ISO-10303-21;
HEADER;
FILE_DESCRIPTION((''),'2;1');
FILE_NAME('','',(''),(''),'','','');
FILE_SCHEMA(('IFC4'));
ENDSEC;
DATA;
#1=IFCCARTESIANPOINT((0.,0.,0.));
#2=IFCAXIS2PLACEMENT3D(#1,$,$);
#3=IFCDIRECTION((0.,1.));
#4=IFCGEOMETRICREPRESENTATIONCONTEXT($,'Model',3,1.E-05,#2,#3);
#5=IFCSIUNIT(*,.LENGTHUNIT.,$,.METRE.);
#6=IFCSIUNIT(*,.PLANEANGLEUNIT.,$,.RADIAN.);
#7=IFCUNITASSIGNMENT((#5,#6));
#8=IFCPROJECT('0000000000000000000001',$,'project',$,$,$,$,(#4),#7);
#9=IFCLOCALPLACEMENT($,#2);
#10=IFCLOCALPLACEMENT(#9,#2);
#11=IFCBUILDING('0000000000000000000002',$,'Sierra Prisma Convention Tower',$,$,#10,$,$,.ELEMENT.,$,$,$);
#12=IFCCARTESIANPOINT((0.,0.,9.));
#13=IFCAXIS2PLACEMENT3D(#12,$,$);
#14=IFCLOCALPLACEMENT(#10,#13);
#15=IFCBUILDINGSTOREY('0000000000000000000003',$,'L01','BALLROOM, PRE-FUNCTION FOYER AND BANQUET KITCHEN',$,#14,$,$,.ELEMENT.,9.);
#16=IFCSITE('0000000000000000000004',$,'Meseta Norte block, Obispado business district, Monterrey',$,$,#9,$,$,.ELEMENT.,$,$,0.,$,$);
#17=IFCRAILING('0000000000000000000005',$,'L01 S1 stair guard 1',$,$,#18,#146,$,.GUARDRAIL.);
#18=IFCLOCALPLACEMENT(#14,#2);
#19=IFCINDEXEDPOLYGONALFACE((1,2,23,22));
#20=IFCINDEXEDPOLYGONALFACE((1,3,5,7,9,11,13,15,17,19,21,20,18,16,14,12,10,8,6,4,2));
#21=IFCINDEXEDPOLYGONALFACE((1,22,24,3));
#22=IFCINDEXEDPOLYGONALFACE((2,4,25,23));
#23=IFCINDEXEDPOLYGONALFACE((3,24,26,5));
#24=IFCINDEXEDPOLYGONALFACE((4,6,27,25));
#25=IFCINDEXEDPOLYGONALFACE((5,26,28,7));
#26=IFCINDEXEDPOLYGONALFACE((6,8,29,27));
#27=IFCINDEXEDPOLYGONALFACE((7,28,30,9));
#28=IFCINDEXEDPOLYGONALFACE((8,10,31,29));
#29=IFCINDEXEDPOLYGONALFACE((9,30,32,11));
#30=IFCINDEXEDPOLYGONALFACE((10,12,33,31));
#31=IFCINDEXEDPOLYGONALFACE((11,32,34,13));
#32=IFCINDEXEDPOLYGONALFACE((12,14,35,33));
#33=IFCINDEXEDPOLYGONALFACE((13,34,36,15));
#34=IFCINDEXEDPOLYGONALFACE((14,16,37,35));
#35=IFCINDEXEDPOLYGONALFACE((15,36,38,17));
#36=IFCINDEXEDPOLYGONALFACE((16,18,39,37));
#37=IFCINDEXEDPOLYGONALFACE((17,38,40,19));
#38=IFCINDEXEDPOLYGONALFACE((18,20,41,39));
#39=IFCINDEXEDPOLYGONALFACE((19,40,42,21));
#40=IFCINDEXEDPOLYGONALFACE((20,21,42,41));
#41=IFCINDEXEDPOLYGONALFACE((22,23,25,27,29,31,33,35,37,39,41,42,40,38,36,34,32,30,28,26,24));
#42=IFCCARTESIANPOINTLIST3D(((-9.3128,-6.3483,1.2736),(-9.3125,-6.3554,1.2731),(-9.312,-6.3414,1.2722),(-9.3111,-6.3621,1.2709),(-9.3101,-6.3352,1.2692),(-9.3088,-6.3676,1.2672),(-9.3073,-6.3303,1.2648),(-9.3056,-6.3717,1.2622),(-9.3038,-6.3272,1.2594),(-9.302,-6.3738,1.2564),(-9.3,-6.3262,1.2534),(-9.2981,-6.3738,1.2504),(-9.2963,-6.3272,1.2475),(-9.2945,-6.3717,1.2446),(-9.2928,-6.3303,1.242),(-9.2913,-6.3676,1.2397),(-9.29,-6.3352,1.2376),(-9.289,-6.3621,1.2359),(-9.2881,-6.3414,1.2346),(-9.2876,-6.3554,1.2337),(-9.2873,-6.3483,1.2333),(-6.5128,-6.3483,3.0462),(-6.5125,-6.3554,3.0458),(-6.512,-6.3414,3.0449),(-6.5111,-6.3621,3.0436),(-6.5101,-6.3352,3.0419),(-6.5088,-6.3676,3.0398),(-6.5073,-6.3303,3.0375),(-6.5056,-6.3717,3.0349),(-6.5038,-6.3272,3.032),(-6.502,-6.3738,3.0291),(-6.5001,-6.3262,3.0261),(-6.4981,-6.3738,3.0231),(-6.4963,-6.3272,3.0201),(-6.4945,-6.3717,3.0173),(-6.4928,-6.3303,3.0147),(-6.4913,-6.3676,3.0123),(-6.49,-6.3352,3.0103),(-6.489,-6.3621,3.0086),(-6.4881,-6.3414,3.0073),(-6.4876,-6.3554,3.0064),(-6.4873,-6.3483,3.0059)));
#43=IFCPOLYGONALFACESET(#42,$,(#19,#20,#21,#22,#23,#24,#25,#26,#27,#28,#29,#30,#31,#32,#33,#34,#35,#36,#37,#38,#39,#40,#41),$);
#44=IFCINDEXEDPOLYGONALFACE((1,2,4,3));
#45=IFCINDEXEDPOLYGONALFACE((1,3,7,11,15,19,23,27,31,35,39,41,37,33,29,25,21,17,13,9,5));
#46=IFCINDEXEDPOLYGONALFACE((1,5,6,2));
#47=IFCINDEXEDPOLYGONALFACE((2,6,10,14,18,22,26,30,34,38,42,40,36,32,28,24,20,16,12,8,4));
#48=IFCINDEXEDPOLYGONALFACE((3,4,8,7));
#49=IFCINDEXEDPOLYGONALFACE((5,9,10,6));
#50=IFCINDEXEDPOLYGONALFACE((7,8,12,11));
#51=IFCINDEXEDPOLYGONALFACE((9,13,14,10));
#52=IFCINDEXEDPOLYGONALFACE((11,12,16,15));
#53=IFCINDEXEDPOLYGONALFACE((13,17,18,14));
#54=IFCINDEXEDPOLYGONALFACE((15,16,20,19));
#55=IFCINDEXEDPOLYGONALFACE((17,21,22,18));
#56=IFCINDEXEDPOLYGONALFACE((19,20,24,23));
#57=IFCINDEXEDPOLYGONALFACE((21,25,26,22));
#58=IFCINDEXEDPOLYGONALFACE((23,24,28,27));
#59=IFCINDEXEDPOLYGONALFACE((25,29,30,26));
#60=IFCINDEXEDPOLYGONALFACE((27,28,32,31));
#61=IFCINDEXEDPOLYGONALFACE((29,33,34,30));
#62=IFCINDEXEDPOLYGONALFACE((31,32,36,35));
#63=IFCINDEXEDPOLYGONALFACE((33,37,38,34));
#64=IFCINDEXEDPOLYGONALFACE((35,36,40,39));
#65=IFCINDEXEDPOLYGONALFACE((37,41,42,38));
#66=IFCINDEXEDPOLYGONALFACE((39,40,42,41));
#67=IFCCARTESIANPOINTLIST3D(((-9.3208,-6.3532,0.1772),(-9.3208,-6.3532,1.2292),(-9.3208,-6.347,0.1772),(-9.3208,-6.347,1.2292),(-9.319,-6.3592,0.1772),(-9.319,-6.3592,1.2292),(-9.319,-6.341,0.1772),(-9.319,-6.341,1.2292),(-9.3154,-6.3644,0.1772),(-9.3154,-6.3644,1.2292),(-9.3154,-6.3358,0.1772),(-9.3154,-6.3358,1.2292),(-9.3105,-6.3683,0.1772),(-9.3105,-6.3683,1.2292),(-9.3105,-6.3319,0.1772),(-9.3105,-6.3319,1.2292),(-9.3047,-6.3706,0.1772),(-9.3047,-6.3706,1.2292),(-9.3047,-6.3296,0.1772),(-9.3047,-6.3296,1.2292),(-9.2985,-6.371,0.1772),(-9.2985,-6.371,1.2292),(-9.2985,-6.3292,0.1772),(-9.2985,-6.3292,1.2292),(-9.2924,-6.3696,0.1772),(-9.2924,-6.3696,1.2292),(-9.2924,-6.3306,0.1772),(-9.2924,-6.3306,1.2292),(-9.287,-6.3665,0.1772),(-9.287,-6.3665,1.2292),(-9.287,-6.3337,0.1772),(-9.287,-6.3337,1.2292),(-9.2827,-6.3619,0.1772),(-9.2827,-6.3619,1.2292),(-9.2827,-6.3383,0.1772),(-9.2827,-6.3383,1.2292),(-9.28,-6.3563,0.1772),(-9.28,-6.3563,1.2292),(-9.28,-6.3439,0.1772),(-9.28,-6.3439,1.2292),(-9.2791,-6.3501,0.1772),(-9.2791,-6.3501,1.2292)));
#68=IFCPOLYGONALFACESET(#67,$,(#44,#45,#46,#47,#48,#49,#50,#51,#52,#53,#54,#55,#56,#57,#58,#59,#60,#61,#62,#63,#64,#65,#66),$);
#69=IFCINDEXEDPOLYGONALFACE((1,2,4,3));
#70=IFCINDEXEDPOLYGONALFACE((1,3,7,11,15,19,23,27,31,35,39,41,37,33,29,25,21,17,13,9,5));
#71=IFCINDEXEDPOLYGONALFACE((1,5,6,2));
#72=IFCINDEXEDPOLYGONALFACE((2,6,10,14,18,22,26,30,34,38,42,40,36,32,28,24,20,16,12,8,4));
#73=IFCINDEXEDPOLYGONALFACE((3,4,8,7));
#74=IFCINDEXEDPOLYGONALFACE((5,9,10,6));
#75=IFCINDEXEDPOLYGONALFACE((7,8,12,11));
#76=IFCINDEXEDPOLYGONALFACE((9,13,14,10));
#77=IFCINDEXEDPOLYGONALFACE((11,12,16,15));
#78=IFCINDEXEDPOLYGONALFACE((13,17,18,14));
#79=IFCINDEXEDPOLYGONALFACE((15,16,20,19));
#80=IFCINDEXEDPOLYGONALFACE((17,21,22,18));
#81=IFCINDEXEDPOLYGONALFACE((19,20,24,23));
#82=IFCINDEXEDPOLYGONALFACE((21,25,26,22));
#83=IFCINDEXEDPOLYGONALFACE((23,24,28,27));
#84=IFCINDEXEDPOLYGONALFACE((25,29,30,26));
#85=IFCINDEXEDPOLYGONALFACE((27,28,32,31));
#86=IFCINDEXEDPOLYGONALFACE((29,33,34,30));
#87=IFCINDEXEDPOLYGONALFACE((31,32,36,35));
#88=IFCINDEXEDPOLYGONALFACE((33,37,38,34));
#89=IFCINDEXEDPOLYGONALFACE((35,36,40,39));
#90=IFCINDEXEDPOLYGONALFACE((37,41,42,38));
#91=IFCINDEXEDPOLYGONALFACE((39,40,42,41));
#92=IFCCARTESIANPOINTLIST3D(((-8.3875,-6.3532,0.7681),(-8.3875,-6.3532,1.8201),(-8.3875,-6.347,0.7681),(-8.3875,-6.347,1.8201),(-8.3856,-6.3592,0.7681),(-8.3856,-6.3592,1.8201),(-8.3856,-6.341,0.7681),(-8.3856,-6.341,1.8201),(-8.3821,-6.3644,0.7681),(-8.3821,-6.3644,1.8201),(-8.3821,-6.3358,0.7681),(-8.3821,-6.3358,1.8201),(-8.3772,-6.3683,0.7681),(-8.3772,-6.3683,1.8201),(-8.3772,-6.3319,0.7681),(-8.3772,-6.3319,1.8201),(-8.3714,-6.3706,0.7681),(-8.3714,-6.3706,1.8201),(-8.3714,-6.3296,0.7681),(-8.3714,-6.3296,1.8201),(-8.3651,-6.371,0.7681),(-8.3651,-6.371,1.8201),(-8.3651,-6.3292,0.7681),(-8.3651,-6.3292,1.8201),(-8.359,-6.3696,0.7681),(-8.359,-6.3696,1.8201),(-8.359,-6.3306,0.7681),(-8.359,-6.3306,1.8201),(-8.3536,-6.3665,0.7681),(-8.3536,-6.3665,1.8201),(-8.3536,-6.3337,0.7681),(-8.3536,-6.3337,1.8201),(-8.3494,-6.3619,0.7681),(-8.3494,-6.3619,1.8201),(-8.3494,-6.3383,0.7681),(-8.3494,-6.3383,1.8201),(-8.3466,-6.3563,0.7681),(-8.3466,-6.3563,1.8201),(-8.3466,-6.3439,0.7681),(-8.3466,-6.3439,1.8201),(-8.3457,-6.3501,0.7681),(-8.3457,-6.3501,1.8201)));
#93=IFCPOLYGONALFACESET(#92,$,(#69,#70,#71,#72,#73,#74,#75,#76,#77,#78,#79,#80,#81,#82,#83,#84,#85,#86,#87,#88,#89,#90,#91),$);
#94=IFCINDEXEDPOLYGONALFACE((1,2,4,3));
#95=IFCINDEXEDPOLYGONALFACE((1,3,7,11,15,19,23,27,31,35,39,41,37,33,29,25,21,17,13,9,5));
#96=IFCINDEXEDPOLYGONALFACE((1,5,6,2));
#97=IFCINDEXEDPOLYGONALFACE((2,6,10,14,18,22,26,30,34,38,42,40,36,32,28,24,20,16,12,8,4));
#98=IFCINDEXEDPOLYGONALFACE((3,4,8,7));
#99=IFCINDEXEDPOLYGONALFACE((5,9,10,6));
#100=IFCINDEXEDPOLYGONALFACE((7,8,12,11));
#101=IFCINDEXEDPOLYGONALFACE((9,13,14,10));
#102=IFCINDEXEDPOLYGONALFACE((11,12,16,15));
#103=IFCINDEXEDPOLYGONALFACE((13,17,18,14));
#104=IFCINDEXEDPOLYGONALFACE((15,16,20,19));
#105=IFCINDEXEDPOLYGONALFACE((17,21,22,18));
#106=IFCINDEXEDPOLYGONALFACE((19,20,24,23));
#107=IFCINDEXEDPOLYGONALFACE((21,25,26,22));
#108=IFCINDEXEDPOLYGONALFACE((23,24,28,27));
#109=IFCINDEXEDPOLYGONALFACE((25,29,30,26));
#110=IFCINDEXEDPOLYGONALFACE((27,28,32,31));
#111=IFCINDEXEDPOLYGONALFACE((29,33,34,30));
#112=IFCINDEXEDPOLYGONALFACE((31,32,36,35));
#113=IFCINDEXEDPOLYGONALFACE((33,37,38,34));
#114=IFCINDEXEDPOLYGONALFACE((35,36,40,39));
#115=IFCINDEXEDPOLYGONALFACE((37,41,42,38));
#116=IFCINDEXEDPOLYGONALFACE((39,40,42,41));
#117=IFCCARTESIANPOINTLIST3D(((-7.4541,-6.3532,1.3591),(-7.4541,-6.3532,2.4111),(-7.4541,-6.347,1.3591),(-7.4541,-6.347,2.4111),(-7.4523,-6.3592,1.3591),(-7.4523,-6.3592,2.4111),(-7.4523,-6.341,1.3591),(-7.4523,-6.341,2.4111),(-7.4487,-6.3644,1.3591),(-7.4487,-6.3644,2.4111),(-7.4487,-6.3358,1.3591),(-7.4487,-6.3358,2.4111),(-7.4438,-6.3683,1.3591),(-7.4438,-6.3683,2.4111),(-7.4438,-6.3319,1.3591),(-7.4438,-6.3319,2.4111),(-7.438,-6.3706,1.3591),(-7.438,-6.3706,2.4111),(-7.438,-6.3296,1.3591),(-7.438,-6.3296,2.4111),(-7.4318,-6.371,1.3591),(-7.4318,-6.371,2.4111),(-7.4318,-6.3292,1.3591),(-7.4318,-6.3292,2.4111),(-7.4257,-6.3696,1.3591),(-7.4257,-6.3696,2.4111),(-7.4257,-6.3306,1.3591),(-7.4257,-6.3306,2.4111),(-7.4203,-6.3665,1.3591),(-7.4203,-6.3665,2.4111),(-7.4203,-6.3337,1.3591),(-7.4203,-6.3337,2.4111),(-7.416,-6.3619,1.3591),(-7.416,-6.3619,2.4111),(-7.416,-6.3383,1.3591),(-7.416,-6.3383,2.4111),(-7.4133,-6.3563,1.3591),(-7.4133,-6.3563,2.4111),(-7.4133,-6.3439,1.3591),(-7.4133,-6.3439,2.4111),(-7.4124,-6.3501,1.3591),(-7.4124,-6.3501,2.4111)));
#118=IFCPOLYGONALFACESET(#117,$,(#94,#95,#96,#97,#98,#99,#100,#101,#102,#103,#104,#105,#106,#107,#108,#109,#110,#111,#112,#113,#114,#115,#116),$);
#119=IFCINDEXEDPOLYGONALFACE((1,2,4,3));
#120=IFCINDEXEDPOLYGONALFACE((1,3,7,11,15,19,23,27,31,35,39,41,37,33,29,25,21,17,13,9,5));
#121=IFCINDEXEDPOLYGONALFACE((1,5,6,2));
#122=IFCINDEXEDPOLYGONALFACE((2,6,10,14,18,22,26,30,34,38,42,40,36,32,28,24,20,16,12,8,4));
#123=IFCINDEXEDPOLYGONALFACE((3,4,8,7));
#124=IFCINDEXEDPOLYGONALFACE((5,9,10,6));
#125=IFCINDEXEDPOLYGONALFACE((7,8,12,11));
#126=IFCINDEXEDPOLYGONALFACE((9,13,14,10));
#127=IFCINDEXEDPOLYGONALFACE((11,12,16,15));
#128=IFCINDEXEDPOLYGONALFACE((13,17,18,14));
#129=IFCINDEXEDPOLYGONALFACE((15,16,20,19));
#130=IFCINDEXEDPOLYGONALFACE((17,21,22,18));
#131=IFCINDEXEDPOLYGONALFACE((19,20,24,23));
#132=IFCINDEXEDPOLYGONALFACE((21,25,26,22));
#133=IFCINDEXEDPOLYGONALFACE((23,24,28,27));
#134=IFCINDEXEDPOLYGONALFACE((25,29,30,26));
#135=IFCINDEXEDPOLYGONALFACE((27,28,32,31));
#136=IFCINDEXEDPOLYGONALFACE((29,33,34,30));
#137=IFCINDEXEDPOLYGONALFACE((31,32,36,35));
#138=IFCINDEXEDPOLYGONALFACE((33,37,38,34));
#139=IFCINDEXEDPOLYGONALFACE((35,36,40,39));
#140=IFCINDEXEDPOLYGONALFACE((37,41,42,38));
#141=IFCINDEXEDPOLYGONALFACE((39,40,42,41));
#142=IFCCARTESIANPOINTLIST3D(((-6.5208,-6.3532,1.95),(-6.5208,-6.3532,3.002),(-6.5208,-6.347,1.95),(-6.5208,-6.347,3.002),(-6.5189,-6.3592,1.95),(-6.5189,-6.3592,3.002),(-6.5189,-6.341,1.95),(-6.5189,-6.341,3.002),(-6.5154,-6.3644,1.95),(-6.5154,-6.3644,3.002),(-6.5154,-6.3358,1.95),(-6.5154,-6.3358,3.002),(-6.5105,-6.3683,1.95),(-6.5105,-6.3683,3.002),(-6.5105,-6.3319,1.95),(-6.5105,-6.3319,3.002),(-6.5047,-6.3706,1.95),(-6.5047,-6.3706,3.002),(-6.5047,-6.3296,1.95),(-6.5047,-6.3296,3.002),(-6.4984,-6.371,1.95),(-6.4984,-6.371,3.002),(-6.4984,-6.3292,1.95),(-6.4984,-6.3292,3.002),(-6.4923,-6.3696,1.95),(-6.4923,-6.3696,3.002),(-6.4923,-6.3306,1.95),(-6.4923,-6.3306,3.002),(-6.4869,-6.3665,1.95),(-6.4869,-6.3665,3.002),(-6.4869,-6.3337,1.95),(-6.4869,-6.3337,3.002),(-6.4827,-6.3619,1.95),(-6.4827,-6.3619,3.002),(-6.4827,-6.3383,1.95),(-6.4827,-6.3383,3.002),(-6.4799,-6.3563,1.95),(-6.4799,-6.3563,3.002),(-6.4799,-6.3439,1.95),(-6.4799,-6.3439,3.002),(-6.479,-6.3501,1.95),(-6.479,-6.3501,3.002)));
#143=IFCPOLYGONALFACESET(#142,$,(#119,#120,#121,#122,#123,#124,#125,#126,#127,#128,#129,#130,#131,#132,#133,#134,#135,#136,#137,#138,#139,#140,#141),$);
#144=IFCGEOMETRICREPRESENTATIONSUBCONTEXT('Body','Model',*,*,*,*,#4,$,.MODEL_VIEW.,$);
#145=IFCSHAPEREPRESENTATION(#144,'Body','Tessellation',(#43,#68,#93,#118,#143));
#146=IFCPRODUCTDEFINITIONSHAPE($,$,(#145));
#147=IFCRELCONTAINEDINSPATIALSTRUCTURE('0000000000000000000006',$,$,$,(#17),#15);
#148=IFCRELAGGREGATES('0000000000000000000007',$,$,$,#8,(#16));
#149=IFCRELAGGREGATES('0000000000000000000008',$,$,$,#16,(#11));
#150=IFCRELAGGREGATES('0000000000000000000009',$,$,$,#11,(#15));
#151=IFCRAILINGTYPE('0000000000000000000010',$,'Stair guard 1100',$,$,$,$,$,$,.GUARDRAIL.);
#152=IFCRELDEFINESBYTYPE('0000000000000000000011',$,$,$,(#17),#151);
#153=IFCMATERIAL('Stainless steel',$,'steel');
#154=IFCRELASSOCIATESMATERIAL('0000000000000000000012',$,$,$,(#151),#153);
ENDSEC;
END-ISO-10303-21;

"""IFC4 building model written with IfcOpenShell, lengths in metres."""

from ifc_helpers import new_model, si_unit, direction, frame, origin, origin_2d, place, context, subcontext, project, spatial, circle, extrude, material, type_object, element, save


model = new_model("IFC4")

# Units and contexts
model_context = context("Model", 3, precision=1e-05, world=origin(), true_north=direction((0.0, 1.0)))
body_context = subcontext(model_context, "Body", "Model", "MODEL_VIEW")
ifc_project = project(units=[si_unit("LENGTHUNIT", "METRE"), si_unit("PLANEANGLEUNIT", "RADIAN")], contexts=[model_context])

# Site, building, storey
site_placement = place(None, origin())
site = spatial("IfcSite", under=ifc_project, at=site_placement, Name="Meseta Norte block, Obispado business district, Monterrey", CompositionType="ELEMENT", RefElevation=0.0)
building_placement = place(site_placement, origin())
building = spatial("IfcBuilding", under=site, at=building_placement, Name="Sierra Prisma Convention Tower", CompositionType="ELEMENT")
storey_placement = place(building_placement, frame((0.0, 0.0, 9.0)))
storey = spatial("IfcBuildingStorey", under=building, at=storey_placement, Name="L01", Description="BALLROOM, PRE-FUNCTION FOYER AND BANQUET KITCHEN", CompositionType="ELEMENT", Elevation=9.0)

# Railing
ifc_material_1 = material(Name="Stainless steel", Category="steel")
railing_type_1 = type_object("IfcRailingType", Name="Stair guard 1100", PredefinedType="GUARDRAIL", material=ifc_material_1)
railing_1_placement = place(storey_placement, frame((-9.3, -6.3501, 0.1772)))
element("IfcRailing", 1, at=railing_1_placement, inside=storey, type_object=railing_type_1, Name="L01 S1 stair guard 1", PredefinedType="GUARDRAIL", context=body_context, shape_type="SweptSolid", body=[
    extrude(circle(Radius=0.0239, at=origin_2d()), frame((0.0, 0.0, 1.0762), z_axis=(0.844909, 0.0, 0.53491), x_axis=(0.0, 1.0, 0.0)), (0.0, 0.0, 1.0), 3.314),
    extrude(circle(Radius=0.021, at=origin_2d()), origin(), (0.0, 0.0, 1.0), 1.052),
    extrude(circle(Radius=0.021, at=origin_2d()), frame((0.9333, 0.0, 0.5908)), (0.0, 0.0, 1.0), 1.052),
    extrude(circle(Radius=0.021, at=origin_2d()), frame((1.8667, 0.0, 1.1819)), (0.0, 0.0, 1.0), 1.052),
    extrude(circle(Radius=0.021, at=origin_2d()), frame((2.8, 0.0, 1.7727)), (0.0, 0.0, 1.0), 1.052),
])

save(model, "model.ifc")
